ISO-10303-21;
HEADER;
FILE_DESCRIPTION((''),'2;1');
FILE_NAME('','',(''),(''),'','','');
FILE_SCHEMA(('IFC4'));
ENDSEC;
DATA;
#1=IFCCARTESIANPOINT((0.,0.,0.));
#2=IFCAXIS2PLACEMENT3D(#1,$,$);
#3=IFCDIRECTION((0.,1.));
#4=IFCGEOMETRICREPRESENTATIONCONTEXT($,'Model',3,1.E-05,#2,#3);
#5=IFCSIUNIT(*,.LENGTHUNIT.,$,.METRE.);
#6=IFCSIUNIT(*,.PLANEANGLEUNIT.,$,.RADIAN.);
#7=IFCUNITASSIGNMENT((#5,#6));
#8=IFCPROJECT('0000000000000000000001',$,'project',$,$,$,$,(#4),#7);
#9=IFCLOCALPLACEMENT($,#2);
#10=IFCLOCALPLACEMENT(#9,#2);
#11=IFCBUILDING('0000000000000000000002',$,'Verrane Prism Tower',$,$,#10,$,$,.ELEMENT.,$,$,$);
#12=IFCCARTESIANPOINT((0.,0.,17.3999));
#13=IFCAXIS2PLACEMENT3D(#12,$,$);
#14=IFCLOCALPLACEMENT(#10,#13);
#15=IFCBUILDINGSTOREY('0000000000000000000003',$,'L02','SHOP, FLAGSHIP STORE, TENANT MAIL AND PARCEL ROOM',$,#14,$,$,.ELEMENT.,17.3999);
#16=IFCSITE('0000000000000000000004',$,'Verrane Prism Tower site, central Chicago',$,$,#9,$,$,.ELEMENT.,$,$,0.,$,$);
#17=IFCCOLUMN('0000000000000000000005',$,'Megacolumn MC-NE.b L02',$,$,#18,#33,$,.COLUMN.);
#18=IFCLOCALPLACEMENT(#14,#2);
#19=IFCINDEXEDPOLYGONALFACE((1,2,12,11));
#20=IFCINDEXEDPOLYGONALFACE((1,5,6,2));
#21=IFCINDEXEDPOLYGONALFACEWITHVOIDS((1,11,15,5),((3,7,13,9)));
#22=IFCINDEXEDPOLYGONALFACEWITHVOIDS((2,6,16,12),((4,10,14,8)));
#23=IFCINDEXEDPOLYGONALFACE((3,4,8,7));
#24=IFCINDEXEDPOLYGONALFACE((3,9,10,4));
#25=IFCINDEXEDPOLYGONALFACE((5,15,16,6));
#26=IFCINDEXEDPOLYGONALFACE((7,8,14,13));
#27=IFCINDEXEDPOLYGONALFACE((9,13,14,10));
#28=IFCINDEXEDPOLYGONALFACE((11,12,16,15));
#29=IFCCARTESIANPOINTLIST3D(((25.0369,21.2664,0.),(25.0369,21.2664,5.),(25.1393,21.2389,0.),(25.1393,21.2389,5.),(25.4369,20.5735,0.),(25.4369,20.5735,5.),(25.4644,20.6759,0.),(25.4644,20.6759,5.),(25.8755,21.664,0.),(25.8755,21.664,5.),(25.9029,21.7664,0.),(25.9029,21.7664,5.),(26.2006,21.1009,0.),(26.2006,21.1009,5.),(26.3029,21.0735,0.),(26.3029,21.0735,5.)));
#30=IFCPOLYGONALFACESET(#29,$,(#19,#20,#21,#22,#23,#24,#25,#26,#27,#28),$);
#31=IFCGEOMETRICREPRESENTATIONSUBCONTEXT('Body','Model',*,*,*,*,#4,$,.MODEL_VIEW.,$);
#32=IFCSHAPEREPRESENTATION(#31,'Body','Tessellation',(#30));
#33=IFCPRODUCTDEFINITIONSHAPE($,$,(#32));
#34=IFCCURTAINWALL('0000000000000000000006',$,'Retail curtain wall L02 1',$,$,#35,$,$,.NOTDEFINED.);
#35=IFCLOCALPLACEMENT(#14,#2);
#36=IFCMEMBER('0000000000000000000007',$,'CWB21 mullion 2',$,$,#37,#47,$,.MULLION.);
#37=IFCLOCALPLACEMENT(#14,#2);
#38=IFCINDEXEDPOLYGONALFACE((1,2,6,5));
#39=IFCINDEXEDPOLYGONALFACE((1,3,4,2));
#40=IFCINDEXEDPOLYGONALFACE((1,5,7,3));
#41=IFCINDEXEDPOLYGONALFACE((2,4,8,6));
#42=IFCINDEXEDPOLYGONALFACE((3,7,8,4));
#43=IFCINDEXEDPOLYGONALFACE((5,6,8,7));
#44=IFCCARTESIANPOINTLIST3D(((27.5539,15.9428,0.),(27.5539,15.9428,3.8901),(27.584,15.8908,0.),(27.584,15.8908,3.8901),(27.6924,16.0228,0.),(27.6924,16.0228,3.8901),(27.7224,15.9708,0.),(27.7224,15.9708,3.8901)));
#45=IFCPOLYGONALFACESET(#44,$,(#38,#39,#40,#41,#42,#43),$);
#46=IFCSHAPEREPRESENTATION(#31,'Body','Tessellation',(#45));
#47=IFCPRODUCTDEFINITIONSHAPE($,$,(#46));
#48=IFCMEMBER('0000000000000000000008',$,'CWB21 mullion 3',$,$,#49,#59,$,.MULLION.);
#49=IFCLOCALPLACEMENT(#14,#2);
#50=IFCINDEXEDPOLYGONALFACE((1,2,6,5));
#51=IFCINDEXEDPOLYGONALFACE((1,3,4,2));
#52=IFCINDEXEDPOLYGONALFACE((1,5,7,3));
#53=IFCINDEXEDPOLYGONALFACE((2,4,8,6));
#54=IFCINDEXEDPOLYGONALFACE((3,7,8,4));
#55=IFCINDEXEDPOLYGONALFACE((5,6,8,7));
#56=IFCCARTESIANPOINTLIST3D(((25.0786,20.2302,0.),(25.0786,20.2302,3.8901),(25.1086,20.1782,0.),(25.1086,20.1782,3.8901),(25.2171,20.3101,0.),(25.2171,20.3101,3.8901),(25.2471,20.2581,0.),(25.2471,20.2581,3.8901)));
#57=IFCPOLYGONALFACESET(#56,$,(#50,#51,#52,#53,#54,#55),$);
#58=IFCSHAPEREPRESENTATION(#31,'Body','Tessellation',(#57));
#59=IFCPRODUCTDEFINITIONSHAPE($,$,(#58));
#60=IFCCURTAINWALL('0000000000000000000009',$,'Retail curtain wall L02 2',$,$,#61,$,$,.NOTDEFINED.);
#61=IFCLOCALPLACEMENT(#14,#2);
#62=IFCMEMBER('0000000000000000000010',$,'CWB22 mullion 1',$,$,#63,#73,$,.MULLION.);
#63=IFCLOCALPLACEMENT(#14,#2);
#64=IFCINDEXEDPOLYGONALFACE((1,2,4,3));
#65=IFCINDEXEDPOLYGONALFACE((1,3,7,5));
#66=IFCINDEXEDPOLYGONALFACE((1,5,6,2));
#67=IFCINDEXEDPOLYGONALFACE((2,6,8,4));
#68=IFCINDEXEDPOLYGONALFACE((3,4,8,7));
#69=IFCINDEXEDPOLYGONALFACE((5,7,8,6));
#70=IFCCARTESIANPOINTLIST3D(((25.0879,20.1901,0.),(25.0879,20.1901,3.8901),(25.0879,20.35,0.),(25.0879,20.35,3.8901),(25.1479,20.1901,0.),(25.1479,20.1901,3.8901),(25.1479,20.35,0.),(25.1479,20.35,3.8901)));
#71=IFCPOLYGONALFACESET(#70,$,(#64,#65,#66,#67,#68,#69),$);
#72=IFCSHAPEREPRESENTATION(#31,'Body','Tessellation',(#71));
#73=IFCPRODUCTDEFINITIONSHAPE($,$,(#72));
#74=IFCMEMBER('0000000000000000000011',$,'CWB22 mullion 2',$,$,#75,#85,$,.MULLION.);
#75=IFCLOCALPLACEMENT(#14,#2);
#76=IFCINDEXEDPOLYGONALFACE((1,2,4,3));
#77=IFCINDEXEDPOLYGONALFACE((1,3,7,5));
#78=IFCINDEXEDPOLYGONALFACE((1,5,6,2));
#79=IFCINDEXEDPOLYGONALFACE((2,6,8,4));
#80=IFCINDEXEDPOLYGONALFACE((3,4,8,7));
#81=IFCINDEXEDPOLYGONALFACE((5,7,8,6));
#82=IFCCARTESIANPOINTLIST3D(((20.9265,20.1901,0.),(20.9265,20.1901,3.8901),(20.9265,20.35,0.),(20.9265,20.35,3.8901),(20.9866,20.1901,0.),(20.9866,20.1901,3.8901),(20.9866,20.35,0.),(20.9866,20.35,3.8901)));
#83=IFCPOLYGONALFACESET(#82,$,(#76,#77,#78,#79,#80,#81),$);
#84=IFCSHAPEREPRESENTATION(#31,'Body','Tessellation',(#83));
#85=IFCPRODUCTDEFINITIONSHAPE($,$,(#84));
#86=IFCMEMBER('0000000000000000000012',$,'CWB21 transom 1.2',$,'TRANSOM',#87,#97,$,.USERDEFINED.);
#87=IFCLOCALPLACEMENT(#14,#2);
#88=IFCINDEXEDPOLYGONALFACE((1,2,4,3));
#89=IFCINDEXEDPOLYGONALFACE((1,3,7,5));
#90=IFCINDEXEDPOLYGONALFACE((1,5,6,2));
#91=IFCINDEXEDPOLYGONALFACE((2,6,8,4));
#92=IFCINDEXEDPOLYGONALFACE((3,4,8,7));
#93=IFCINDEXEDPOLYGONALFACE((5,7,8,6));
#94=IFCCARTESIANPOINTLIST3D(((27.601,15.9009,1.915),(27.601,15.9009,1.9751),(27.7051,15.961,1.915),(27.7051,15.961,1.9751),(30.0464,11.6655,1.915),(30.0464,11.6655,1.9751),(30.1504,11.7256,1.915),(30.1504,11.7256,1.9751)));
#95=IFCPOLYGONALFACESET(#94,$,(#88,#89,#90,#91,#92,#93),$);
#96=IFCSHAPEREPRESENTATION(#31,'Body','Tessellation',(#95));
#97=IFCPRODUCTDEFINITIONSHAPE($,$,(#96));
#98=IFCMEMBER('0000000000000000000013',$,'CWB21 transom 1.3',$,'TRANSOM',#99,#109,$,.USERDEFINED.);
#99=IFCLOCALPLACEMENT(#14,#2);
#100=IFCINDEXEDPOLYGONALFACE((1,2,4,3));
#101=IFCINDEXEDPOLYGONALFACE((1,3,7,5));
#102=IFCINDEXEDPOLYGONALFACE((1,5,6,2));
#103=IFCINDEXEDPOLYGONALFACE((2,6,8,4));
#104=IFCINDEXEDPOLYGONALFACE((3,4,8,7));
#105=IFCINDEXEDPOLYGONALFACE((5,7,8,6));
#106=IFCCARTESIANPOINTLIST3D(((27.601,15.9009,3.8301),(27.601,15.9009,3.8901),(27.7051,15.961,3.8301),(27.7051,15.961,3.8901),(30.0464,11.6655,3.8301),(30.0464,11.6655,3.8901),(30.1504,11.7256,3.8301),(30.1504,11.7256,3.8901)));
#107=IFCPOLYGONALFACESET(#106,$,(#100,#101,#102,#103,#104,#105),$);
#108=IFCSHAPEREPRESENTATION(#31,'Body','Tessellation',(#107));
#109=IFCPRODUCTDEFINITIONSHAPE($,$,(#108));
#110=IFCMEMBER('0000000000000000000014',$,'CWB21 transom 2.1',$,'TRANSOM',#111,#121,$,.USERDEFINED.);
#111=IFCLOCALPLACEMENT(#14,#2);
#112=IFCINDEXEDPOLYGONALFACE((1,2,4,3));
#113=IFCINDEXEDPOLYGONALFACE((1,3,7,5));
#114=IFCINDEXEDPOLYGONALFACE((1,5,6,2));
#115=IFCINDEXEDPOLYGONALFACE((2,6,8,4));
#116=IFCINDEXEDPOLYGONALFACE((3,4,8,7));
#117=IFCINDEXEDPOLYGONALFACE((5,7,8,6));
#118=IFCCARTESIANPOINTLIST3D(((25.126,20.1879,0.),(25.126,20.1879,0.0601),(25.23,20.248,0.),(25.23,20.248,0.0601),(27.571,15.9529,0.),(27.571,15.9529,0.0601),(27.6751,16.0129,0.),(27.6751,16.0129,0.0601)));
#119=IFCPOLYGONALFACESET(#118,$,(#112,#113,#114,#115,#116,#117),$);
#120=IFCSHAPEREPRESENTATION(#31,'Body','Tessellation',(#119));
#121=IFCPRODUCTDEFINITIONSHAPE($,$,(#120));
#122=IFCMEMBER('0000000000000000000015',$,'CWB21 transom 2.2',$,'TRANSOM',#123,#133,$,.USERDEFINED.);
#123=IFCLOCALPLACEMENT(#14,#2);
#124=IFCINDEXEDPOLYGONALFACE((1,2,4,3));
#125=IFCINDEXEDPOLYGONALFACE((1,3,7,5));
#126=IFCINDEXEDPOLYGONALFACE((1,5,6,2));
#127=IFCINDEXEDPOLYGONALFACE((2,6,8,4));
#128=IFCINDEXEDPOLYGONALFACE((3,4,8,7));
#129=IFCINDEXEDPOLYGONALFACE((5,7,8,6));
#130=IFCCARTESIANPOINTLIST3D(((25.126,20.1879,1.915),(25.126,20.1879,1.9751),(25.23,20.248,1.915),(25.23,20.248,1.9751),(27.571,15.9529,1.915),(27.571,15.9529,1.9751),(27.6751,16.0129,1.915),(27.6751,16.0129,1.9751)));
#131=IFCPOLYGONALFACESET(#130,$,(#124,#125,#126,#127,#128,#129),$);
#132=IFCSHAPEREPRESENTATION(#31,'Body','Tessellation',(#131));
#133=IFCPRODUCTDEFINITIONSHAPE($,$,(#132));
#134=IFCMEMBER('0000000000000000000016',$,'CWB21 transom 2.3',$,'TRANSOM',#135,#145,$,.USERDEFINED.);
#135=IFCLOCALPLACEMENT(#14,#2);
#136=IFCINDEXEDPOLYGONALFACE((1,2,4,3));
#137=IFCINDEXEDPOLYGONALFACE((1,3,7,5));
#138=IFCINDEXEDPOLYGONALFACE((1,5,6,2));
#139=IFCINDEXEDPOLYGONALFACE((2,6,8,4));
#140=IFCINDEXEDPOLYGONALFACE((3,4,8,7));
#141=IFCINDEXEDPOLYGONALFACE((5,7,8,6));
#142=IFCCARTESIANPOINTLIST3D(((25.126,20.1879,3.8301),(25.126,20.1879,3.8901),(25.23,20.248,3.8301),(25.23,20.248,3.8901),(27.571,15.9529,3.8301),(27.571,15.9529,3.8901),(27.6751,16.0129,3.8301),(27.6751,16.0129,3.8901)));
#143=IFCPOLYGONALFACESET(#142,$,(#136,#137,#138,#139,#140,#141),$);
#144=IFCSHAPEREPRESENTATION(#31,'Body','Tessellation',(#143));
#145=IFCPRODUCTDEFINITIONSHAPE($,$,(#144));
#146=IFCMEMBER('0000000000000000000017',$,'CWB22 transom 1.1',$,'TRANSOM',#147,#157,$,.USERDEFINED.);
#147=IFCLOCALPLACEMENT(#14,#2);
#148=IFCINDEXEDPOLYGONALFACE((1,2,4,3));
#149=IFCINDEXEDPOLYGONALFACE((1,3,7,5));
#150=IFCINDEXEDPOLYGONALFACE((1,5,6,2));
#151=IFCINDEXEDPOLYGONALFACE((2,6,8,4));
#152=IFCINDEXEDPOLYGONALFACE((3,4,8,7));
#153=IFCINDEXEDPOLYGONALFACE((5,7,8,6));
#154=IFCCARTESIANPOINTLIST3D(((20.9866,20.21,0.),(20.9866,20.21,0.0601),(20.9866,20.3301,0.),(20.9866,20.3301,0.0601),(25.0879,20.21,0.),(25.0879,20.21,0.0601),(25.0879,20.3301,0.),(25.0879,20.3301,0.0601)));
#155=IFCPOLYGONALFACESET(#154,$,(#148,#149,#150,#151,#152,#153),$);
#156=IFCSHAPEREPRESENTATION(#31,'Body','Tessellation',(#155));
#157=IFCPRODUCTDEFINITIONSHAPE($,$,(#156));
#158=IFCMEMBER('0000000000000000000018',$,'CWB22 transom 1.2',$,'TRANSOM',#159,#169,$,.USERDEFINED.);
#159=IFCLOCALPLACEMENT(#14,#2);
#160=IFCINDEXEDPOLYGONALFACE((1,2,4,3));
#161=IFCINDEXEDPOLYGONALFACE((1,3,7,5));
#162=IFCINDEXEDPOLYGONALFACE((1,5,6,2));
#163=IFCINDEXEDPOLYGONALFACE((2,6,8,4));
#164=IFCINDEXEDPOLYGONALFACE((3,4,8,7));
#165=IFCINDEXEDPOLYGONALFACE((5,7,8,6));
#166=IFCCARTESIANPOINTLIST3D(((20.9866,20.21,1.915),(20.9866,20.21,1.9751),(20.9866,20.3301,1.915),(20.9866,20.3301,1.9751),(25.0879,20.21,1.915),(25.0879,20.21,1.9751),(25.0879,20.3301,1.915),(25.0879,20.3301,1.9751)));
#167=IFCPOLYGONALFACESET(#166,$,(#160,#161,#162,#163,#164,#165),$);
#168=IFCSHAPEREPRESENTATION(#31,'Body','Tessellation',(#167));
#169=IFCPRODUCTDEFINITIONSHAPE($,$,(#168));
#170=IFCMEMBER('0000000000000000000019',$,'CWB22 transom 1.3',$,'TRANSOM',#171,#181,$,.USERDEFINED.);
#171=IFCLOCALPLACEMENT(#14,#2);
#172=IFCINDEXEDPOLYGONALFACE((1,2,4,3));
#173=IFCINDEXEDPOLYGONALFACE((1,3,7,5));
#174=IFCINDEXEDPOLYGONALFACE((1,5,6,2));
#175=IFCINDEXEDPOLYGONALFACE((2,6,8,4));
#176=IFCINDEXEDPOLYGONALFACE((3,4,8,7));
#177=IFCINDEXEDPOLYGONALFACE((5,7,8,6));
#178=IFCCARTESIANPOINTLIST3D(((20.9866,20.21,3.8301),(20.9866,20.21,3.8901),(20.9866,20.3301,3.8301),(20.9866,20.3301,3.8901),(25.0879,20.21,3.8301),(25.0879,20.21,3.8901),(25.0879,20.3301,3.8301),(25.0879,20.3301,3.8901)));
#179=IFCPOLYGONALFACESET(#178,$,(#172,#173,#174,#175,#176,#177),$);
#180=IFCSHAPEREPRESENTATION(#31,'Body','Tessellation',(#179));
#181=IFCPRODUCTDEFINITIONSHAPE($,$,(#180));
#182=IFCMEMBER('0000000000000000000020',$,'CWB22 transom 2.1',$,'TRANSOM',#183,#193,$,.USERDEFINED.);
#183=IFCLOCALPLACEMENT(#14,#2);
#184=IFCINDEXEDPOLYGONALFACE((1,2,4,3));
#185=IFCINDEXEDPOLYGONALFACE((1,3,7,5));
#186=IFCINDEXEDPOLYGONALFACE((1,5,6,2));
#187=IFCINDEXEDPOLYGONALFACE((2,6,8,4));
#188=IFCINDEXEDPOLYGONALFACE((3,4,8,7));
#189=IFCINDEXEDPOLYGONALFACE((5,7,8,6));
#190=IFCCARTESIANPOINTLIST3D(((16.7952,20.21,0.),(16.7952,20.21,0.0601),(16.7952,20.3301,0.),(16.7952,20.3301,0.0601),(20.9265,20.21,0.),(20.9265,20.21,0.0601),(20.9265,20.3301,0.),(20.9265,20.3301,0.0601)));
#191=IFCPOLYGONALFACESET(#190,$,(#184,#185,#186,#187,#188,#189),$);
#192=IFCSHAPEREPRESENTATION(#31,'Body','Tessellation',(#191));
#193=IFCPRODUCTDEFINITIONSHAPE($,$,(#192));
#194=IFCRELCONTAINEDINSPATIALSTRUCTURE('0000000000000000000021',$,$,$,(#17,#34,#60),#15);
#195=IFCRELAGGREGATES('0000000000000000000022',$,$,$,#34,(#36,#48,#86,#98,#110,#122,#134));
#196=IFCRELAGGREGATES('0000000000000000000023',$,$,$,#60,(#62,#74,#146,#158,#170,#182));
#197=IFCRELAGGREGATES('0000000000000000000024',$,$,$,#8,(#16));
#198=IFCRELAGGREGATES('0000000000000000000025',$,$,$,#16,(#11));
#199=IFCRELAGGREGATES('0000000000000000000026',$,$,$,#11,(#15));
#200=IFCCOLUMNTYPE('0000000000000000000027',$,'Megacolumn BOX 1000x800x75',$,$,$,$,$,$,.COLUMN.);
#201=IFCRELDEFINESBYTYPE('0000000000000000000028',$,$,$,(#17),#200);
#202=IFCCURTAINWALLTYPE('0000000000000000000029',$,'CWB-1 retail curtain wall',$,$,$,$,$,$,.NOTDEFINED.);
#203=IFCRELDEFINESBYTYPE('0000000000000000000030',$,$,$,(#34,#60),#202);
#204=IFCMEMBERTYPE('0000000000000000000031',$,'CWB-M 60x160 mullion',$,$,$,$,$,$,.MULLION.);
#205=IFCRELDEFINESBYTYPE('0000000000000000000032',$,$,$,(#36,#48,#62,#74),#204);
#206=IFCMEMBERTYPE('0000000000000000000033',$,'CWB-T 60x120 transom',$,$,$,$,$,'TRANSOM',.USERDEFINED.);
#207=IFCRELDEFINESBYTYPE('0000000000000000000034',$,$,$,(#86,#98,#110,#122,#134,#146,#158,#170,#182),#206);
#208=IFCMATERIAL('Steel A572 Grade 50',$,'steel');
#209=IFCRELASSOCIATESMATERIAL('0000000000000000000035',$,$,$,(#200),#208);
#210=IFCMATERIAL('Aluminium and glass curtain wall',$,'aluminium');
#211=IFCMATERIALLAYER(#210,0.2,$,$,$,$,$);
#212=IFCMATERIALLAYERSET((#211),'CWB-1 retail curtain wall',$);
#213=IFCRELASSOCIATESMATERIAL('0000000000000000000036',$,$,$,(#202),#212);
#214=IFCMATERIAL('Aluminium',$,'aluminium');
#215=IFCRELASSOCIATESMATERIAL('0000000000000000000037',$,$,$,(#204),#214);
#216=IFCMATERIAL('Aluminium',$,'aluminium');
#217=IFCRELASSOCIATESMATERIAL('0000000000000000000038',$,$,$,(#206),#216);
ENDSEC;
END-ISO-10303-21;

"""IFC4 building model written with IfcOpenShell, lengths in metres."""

from ifc_helpers import new_model, si_unit, direction, frame, origin, origin_2d, place, context, subcontext, project, spatial, rectangle, hollow_rectangle, extrude, material, layer, layer_set, material_profile, profile_set, type_object, element, aggregate, save


model = new_model("IFC4")

# Units and contexts
model_context = context("Model", 3, precision=1e-05, world=origin(), true_north=direction((0.0, 1.0)))
body_context = subcontext(model_context, "Body", "Model", "MODEL_VIEW")
ifc_project = project(units=[si_unit("LENGTHUNIT", "METRE"), si_unit("PLANEANGLEUNIT", "RADIAN")], contexts=[model_context])

# Site, building, storey
site_placement = place(None, origin())
site = spatial("IfcSite", under=ifc_project, at=site_placement, Name="Verrane Prism Tower site, central Chicago", CompositionType="ELEMENT", RefElevation=0.0)
building_placement = place(site_placement, origin())
building = spatial("IfcBuilding", under=site, at=building_placement, Name="Verrane Prism Tower", CompositionType="ELEMENT")
storey_placement = place(building_placement, frame((0.0, 0.0, 17.3999)))
storey = spatial("IfcBuildingStorey", under=building, at=storey_placement, Name="L02", Description="SHOP, FLAGSHIP STORE, TENANT MAIL AND PARCEL ROOM", CompositionType="ELEMENT", Elevation=17.3999)

# Column
ifc_material_1 = material(Name="Steel A572 Grade 50", Category="steel")
ifc_material_profile_1 = material_profile(ifc_material_1, hollow_rectangle(XDim=0.8, YDim=1.0, WallThickness=0.075, at=origin_2d()), Name="BOX 1000x800x75")
ifc_profile_set_1 = profile_set([ifc_material_profile_1], Name="Steel A572 Grade 50")
column_type = type_object("IfcColumnType", Name="Megacolumn BOX 1000x800x75", PredefinedType="COLUMN", material=ifc_profile_set_1)
column_placement = place(storey_placement, frame((25.6699, 21.1699, 0.0), z_axis=(0.0, 0.0, 1.0), x_axis=(0.5, -0.866025, 0.0)))
element("IfcColumn", 1, at=column_placement, inside=storey, type_object=column_type, Name="Megacolumn MC-NE.b L02", PredefinedType="COLUMN", context=body_context, shape_type="SweptSolid", body=[
    extrude(hollow_rectangle(XDim=0.8, YDim=1.0, WallThickness=0.075, at=origin_2d()), origin(), (0.0, 0.0, 1.0), 5.0),
])

# Curtain walls, members
ifc_material_2 = material(Name="Aluminium and glass curtain wall", Category="aluminium")
ifc_layer_1 = layer(ifc_material_2, 0.2)
ifc_layer_set_1 = layer_set([ifc_layer_1], Name="CWB-1 retail curtain wall")
curtain_wall_type = type_object("IfcCurtainWallType", Name="CWB-1 retail curtain wall", PredefinedType="NOTDEFINED", material=ifc_layer_set_1)
curtain_wall_1_placement = place(storey_placement, origin())
curtain_wall_1 = element("IfcCurtainWall", 2, at=curtain_wall_1_placement, inside=storey, type_object=curtain_wall_type, Name="Retail curtain wall L02 1", PredefinedType="NOTDEFINED")
ifc_material_3 = material(Name="Aluminium", Category="aluminium")
ifc_material_profile_2 = material_profile(ifc_material_3, rectangle(XDim=0.1599, YDim=0.0601, at=origin_2d()), Name="CWB-M 60x160 mullion")
ifc_profile_set_2 = profile_set([ifc_material_profile_2], Name="Aluminium")
member_type_1 = type_object("IfcMemberType", Name="CWB-M 60x160 mullion", PredefinedType="MULLION", material=ifc_profile_set_2)
member_1_placement = place(storey_placement, frame((27.6382, 15.9568, 0.0), z_axis=(0.0, 0.0, 1.0), x_axis=(-0.866026, -0.499999, 0.0)))
member_1 = element("IfcMember", 3, at=member_1_placement, type_object=member_type_1, Name="CWB21 mullion 2", PredefinedType="MULLION", context=body_context, shape_type="SweptSolid", body=[
    extrude(rectangle(XDim=0.1599, YDim=0.0601, at=origin_2d()), origin(), (0.0, 0.0, 1.0), 3.8901),
])
member_2_placement = place(storey_placement, frame((25.1628, 20.2441, 0.0), z_axis=(0.0, 0.0, 1.0), x_axis=(-0.866026, -0.499999, 0.0)))
member_2 = element("IfcMember", 4, at=member_2_placement, type_object=member_type_1, Name="CWB21 mullion 3", PredefinedType="MULLION", context=body_context, shape_type="SweptSolid", body=[
    extrude(rectangle(XDim=0.1599, YDim=0.0601, at=origin_2d()), origin(), (0.0, 0.0, 1.0), 3.8901),
])
curtain_wall_2_placement = place(storey_placement, origin())
curtain_wall_2 = element("IfcCurtainWall", 5, at=curtain_wall_2_placement, inside=storey, type_object=curtain_wall_type, Name="Retail curtain wall L02 2", PredefinedType="NOTDEFINED")
member_3_placement = place(storey_placement, frame((25.1179, 20.27, 0.0), z_axis=(0.0, 0.0, 1.0), x_axis=(0.0, -1.0, 0.0)))
member_3 = element("IfcMember", 6, at=member_3_placement, type_object=member_type_1, Name="CWB22 mullion 1", PredefinedType="MULLION", context=body_context, shape_type="SweptSolid", body=[
    extrude(rectangle(XDim=0.1599, YDim=0.0601, at=origin_2d()), origin(), (0.0, 0.0, 1.0), 3.8901),
])
member_4_placement = place(storey_placement, frame((20.9565, 20.27, 0.0), z_axis=(0.0, 0.0, 1.0), x_axis=(0.0, -1.0, 0.0)))
member_4 = element("IfcMember", 7, at=member_4_placement, type_object=member_type_1, Name="CWB22 mullion 2", PredefinedType="MULLION", context=body_context, shape_type="SweptSolid", body=[
    extrude(rectangle(XDim=0.1599, YDim=0.0601, at=origin_2d()), origin(), (0.0, 0.0, 1.0), 3.8901),
])

# Members
ifc_material_4 = material(Name="Aluminium", Category="aluminium")
ifc_material_profile_3 = material_profile(ifc_material_4, rectangle(XDim=0.1201, YDim=0.0601, at=origin_2d()), Name="CWB-T 60x120 transom")
ifc_profile_set_3 = profile_set([ifc_material_profile_3], Name="Aluminium")
member_type_2 = type_object("IfcMemberType", Name="CWB-T 60x120 transom", ElementType="TRANSOM", PredefinedType="USERDEFINED", material=ifc_profile_set_3)
member_5_placement = place(storey_placement, frame((30.0984, 11.6956, 1.9451), z_axis=(-0.500005, 0.866023, 0.0), x_axis=(-0.866023, -0.500005, 0.0)))
member_5 = element("IfcMember", 8, at=member_5_placement, type_object=member_type_2, Name="CWB21 transom 1.2", ObjectType="TRANSOM", PredefinedType="USERDEFINED", context=body_context, shape_type="SweptSolid", body=[
    extrude(rectangle(XDim=0.1201, YDim=0.0601, at=origin_2d()), origin(), (0.0, 0.0, 1.0), 4.8906),
])
member_6_placement = place(storey_placement, frame((30.0984, 11.6956, 3.8601), z_axis=(-0.500005, 0.866023, 0.0), x_axis=(-0.866023, -0.500005, 0.0)))
member_6 = element("IfcMember", 9, at=member_6_placement, type_object=member_type_2, Name="CWB21 transom 1.3", ObjectType="TRANSOM", PredefinedType="USERDEFINED", context=body_context, shape_type="SweptSolid", body=[
    extrude(rectangle(XDim=0.1201, YDim=0.0601, at=origin_2d()), origin(), (0.0, 0.0, 1.0), 4.8906),
])
member_7_placement = place(storey_placement, frame((27.623, 15.9829, 0.03), z_axis=(-0.499989, 0.866032, 0.0), x_axis=(-0.866032, -0.499989, 0.0)))
member_7 = element("IfcMember", 10, at=member_7_placement, type_object=member_type_2, Name="CWB21 transom 2.1", ObjectType="TRANSOM", PredefinedType="USERDEFINED", context=body_context, shape_type="SweptSolid", body=[
    extrude(rectangle(XDim=0.1201, YDim=0.0601, at=origin_2d()), origin(), (0.0, 0.0, 1.0), 4.8901),
])
member_8_placement = place(storey_placement, frame((27.623, 15.9829, 1.9451), z_axis=(-0.499989, 0.866032, 0.0), x_axis=(-0.866032, -0.499989, 0.0)))
member_8 = element("IfcMember", 11, at=member_8_placement, type_object=member_type_2, Name="CWB21 transom 2.2", ObjectType="TRANSOM", PredefinedType="USERDEFINED", context=body_context, shape_type="SweptSolid", body=[
    extrude(rectangle(XDim=0.1201, YDim=0.0601, at=origin_2d()), origin(), (0.0, 0.0, 1.0), 4.8901),
])
member_9_placement = place(storey_placement, frame((27.623, 15.9829, 3.8601), z_axis=(-0.499989, 0.866032, 0.0), x_axis=(-0.866032, -0.499989, 0.0)))
member_9 = element("IfcMember", 12, at=member_9_placement, type_object=member_type_2, Name="CWB21 transom 2.3", ObjectType="TRANSOM", PredefinedType="USERDEFINED", context=body_context, shape_type="SweptSolid", body=[
    extrude(rectangle(XDim=0.1201, YDim=0.0601, at=origin_2d()), origin(), (0.0, 0.0, 1.0), 4.8901),
])
member_10_placement = place(storey_placement, frame((25.0879, 20.27, 0.03), z_axis=(-1.0, 0.0, 0.0), x_axis=(0.0, -1.0, 0.0)))
member_10 = element("IfcMember", 13, at=member_10_placement, type_object=member_type_2, Name="CWB22 transom 1.1", ObjectType="TRANSOM", PredefinedType="USERDEFINED", context=body_context, shape_type="SweptSolid", body=[
    extrude(rectangle(XDim=0.1201, YDim=0.0601, at=origin_2d()), origin(), (0.0, 0.0, 1.0), 4.1013),
])
member_11_placement = place(storey_placement, frame((25.0879, 20.27, 1.9451), z_axis=(-1.0, 0.0, 0.0), x_axis=(0.0, -1.0, 0.0)))
member_11 = element("IfcMember", 14, at=member_11_placement, type_object=member_type_2, Name="CWB22 transom 1.2", ObjectType="TRANSOM", PredefinedType="USERDEFINED", context=body_context, shape_type="SweptSolid", body=[
    extrude(rectangle(XDim=0.1201, YDim=0.0601, at=origin_2d()), origin(), (0.0, 0.0, 1.0), 4.1013),
])
member_12_placement = place(storey_placement, frame((25.0879, 20.27, 3.8601), z_axis=(-1.0, 0.0, 0.0), x_axis=(0.0, -1.0, 0.0)))
member_12 = element("IfcMember", 15, at=member_12_placement, type_object=member_type_2, Name="CWB22 transom 1.3", ObjectType="TRANSOM", PredefinedType="USERDEFINED", context=body_context, shape_type="SweptSolid", body=[
    extrude(rectangle(XDim=0.1201, YDim=0.0601, at=origin_2d()), origin(), (0.0, 0.0, 1.0), 4.1013),
])
member_13_placement = place(storey_placement, frame((20.9265, 20.27, 0.03), z_axis=(-1.0, 0.0, 0.0), x_axis=(0.0, -1.0, 0.0)))
member_13 = element("IfcMember", 16, at=member_13_placement, type_object=member_type_2, Name="CWB22 transom 2.1", ObjectType="TRANSOM", PredefinedType="USERDEFINED", context=body_context, shape_type="SweptSolid", body=[
    extrude(rectangle(XDim=0.1201, YDim=0.0601, at=origin_2d()), origin(), (0.0, 0.0, 1.0), 4.1313),
])

aggregate(curtain_wall_1, [member_1, member_2, member_5, member_6, member_7, member_8, member_9])
aggregate(curtain_wall_2, [member_3, member_4, member_10, member_11, member_12, member_13])

save(model, "model.ifc")
